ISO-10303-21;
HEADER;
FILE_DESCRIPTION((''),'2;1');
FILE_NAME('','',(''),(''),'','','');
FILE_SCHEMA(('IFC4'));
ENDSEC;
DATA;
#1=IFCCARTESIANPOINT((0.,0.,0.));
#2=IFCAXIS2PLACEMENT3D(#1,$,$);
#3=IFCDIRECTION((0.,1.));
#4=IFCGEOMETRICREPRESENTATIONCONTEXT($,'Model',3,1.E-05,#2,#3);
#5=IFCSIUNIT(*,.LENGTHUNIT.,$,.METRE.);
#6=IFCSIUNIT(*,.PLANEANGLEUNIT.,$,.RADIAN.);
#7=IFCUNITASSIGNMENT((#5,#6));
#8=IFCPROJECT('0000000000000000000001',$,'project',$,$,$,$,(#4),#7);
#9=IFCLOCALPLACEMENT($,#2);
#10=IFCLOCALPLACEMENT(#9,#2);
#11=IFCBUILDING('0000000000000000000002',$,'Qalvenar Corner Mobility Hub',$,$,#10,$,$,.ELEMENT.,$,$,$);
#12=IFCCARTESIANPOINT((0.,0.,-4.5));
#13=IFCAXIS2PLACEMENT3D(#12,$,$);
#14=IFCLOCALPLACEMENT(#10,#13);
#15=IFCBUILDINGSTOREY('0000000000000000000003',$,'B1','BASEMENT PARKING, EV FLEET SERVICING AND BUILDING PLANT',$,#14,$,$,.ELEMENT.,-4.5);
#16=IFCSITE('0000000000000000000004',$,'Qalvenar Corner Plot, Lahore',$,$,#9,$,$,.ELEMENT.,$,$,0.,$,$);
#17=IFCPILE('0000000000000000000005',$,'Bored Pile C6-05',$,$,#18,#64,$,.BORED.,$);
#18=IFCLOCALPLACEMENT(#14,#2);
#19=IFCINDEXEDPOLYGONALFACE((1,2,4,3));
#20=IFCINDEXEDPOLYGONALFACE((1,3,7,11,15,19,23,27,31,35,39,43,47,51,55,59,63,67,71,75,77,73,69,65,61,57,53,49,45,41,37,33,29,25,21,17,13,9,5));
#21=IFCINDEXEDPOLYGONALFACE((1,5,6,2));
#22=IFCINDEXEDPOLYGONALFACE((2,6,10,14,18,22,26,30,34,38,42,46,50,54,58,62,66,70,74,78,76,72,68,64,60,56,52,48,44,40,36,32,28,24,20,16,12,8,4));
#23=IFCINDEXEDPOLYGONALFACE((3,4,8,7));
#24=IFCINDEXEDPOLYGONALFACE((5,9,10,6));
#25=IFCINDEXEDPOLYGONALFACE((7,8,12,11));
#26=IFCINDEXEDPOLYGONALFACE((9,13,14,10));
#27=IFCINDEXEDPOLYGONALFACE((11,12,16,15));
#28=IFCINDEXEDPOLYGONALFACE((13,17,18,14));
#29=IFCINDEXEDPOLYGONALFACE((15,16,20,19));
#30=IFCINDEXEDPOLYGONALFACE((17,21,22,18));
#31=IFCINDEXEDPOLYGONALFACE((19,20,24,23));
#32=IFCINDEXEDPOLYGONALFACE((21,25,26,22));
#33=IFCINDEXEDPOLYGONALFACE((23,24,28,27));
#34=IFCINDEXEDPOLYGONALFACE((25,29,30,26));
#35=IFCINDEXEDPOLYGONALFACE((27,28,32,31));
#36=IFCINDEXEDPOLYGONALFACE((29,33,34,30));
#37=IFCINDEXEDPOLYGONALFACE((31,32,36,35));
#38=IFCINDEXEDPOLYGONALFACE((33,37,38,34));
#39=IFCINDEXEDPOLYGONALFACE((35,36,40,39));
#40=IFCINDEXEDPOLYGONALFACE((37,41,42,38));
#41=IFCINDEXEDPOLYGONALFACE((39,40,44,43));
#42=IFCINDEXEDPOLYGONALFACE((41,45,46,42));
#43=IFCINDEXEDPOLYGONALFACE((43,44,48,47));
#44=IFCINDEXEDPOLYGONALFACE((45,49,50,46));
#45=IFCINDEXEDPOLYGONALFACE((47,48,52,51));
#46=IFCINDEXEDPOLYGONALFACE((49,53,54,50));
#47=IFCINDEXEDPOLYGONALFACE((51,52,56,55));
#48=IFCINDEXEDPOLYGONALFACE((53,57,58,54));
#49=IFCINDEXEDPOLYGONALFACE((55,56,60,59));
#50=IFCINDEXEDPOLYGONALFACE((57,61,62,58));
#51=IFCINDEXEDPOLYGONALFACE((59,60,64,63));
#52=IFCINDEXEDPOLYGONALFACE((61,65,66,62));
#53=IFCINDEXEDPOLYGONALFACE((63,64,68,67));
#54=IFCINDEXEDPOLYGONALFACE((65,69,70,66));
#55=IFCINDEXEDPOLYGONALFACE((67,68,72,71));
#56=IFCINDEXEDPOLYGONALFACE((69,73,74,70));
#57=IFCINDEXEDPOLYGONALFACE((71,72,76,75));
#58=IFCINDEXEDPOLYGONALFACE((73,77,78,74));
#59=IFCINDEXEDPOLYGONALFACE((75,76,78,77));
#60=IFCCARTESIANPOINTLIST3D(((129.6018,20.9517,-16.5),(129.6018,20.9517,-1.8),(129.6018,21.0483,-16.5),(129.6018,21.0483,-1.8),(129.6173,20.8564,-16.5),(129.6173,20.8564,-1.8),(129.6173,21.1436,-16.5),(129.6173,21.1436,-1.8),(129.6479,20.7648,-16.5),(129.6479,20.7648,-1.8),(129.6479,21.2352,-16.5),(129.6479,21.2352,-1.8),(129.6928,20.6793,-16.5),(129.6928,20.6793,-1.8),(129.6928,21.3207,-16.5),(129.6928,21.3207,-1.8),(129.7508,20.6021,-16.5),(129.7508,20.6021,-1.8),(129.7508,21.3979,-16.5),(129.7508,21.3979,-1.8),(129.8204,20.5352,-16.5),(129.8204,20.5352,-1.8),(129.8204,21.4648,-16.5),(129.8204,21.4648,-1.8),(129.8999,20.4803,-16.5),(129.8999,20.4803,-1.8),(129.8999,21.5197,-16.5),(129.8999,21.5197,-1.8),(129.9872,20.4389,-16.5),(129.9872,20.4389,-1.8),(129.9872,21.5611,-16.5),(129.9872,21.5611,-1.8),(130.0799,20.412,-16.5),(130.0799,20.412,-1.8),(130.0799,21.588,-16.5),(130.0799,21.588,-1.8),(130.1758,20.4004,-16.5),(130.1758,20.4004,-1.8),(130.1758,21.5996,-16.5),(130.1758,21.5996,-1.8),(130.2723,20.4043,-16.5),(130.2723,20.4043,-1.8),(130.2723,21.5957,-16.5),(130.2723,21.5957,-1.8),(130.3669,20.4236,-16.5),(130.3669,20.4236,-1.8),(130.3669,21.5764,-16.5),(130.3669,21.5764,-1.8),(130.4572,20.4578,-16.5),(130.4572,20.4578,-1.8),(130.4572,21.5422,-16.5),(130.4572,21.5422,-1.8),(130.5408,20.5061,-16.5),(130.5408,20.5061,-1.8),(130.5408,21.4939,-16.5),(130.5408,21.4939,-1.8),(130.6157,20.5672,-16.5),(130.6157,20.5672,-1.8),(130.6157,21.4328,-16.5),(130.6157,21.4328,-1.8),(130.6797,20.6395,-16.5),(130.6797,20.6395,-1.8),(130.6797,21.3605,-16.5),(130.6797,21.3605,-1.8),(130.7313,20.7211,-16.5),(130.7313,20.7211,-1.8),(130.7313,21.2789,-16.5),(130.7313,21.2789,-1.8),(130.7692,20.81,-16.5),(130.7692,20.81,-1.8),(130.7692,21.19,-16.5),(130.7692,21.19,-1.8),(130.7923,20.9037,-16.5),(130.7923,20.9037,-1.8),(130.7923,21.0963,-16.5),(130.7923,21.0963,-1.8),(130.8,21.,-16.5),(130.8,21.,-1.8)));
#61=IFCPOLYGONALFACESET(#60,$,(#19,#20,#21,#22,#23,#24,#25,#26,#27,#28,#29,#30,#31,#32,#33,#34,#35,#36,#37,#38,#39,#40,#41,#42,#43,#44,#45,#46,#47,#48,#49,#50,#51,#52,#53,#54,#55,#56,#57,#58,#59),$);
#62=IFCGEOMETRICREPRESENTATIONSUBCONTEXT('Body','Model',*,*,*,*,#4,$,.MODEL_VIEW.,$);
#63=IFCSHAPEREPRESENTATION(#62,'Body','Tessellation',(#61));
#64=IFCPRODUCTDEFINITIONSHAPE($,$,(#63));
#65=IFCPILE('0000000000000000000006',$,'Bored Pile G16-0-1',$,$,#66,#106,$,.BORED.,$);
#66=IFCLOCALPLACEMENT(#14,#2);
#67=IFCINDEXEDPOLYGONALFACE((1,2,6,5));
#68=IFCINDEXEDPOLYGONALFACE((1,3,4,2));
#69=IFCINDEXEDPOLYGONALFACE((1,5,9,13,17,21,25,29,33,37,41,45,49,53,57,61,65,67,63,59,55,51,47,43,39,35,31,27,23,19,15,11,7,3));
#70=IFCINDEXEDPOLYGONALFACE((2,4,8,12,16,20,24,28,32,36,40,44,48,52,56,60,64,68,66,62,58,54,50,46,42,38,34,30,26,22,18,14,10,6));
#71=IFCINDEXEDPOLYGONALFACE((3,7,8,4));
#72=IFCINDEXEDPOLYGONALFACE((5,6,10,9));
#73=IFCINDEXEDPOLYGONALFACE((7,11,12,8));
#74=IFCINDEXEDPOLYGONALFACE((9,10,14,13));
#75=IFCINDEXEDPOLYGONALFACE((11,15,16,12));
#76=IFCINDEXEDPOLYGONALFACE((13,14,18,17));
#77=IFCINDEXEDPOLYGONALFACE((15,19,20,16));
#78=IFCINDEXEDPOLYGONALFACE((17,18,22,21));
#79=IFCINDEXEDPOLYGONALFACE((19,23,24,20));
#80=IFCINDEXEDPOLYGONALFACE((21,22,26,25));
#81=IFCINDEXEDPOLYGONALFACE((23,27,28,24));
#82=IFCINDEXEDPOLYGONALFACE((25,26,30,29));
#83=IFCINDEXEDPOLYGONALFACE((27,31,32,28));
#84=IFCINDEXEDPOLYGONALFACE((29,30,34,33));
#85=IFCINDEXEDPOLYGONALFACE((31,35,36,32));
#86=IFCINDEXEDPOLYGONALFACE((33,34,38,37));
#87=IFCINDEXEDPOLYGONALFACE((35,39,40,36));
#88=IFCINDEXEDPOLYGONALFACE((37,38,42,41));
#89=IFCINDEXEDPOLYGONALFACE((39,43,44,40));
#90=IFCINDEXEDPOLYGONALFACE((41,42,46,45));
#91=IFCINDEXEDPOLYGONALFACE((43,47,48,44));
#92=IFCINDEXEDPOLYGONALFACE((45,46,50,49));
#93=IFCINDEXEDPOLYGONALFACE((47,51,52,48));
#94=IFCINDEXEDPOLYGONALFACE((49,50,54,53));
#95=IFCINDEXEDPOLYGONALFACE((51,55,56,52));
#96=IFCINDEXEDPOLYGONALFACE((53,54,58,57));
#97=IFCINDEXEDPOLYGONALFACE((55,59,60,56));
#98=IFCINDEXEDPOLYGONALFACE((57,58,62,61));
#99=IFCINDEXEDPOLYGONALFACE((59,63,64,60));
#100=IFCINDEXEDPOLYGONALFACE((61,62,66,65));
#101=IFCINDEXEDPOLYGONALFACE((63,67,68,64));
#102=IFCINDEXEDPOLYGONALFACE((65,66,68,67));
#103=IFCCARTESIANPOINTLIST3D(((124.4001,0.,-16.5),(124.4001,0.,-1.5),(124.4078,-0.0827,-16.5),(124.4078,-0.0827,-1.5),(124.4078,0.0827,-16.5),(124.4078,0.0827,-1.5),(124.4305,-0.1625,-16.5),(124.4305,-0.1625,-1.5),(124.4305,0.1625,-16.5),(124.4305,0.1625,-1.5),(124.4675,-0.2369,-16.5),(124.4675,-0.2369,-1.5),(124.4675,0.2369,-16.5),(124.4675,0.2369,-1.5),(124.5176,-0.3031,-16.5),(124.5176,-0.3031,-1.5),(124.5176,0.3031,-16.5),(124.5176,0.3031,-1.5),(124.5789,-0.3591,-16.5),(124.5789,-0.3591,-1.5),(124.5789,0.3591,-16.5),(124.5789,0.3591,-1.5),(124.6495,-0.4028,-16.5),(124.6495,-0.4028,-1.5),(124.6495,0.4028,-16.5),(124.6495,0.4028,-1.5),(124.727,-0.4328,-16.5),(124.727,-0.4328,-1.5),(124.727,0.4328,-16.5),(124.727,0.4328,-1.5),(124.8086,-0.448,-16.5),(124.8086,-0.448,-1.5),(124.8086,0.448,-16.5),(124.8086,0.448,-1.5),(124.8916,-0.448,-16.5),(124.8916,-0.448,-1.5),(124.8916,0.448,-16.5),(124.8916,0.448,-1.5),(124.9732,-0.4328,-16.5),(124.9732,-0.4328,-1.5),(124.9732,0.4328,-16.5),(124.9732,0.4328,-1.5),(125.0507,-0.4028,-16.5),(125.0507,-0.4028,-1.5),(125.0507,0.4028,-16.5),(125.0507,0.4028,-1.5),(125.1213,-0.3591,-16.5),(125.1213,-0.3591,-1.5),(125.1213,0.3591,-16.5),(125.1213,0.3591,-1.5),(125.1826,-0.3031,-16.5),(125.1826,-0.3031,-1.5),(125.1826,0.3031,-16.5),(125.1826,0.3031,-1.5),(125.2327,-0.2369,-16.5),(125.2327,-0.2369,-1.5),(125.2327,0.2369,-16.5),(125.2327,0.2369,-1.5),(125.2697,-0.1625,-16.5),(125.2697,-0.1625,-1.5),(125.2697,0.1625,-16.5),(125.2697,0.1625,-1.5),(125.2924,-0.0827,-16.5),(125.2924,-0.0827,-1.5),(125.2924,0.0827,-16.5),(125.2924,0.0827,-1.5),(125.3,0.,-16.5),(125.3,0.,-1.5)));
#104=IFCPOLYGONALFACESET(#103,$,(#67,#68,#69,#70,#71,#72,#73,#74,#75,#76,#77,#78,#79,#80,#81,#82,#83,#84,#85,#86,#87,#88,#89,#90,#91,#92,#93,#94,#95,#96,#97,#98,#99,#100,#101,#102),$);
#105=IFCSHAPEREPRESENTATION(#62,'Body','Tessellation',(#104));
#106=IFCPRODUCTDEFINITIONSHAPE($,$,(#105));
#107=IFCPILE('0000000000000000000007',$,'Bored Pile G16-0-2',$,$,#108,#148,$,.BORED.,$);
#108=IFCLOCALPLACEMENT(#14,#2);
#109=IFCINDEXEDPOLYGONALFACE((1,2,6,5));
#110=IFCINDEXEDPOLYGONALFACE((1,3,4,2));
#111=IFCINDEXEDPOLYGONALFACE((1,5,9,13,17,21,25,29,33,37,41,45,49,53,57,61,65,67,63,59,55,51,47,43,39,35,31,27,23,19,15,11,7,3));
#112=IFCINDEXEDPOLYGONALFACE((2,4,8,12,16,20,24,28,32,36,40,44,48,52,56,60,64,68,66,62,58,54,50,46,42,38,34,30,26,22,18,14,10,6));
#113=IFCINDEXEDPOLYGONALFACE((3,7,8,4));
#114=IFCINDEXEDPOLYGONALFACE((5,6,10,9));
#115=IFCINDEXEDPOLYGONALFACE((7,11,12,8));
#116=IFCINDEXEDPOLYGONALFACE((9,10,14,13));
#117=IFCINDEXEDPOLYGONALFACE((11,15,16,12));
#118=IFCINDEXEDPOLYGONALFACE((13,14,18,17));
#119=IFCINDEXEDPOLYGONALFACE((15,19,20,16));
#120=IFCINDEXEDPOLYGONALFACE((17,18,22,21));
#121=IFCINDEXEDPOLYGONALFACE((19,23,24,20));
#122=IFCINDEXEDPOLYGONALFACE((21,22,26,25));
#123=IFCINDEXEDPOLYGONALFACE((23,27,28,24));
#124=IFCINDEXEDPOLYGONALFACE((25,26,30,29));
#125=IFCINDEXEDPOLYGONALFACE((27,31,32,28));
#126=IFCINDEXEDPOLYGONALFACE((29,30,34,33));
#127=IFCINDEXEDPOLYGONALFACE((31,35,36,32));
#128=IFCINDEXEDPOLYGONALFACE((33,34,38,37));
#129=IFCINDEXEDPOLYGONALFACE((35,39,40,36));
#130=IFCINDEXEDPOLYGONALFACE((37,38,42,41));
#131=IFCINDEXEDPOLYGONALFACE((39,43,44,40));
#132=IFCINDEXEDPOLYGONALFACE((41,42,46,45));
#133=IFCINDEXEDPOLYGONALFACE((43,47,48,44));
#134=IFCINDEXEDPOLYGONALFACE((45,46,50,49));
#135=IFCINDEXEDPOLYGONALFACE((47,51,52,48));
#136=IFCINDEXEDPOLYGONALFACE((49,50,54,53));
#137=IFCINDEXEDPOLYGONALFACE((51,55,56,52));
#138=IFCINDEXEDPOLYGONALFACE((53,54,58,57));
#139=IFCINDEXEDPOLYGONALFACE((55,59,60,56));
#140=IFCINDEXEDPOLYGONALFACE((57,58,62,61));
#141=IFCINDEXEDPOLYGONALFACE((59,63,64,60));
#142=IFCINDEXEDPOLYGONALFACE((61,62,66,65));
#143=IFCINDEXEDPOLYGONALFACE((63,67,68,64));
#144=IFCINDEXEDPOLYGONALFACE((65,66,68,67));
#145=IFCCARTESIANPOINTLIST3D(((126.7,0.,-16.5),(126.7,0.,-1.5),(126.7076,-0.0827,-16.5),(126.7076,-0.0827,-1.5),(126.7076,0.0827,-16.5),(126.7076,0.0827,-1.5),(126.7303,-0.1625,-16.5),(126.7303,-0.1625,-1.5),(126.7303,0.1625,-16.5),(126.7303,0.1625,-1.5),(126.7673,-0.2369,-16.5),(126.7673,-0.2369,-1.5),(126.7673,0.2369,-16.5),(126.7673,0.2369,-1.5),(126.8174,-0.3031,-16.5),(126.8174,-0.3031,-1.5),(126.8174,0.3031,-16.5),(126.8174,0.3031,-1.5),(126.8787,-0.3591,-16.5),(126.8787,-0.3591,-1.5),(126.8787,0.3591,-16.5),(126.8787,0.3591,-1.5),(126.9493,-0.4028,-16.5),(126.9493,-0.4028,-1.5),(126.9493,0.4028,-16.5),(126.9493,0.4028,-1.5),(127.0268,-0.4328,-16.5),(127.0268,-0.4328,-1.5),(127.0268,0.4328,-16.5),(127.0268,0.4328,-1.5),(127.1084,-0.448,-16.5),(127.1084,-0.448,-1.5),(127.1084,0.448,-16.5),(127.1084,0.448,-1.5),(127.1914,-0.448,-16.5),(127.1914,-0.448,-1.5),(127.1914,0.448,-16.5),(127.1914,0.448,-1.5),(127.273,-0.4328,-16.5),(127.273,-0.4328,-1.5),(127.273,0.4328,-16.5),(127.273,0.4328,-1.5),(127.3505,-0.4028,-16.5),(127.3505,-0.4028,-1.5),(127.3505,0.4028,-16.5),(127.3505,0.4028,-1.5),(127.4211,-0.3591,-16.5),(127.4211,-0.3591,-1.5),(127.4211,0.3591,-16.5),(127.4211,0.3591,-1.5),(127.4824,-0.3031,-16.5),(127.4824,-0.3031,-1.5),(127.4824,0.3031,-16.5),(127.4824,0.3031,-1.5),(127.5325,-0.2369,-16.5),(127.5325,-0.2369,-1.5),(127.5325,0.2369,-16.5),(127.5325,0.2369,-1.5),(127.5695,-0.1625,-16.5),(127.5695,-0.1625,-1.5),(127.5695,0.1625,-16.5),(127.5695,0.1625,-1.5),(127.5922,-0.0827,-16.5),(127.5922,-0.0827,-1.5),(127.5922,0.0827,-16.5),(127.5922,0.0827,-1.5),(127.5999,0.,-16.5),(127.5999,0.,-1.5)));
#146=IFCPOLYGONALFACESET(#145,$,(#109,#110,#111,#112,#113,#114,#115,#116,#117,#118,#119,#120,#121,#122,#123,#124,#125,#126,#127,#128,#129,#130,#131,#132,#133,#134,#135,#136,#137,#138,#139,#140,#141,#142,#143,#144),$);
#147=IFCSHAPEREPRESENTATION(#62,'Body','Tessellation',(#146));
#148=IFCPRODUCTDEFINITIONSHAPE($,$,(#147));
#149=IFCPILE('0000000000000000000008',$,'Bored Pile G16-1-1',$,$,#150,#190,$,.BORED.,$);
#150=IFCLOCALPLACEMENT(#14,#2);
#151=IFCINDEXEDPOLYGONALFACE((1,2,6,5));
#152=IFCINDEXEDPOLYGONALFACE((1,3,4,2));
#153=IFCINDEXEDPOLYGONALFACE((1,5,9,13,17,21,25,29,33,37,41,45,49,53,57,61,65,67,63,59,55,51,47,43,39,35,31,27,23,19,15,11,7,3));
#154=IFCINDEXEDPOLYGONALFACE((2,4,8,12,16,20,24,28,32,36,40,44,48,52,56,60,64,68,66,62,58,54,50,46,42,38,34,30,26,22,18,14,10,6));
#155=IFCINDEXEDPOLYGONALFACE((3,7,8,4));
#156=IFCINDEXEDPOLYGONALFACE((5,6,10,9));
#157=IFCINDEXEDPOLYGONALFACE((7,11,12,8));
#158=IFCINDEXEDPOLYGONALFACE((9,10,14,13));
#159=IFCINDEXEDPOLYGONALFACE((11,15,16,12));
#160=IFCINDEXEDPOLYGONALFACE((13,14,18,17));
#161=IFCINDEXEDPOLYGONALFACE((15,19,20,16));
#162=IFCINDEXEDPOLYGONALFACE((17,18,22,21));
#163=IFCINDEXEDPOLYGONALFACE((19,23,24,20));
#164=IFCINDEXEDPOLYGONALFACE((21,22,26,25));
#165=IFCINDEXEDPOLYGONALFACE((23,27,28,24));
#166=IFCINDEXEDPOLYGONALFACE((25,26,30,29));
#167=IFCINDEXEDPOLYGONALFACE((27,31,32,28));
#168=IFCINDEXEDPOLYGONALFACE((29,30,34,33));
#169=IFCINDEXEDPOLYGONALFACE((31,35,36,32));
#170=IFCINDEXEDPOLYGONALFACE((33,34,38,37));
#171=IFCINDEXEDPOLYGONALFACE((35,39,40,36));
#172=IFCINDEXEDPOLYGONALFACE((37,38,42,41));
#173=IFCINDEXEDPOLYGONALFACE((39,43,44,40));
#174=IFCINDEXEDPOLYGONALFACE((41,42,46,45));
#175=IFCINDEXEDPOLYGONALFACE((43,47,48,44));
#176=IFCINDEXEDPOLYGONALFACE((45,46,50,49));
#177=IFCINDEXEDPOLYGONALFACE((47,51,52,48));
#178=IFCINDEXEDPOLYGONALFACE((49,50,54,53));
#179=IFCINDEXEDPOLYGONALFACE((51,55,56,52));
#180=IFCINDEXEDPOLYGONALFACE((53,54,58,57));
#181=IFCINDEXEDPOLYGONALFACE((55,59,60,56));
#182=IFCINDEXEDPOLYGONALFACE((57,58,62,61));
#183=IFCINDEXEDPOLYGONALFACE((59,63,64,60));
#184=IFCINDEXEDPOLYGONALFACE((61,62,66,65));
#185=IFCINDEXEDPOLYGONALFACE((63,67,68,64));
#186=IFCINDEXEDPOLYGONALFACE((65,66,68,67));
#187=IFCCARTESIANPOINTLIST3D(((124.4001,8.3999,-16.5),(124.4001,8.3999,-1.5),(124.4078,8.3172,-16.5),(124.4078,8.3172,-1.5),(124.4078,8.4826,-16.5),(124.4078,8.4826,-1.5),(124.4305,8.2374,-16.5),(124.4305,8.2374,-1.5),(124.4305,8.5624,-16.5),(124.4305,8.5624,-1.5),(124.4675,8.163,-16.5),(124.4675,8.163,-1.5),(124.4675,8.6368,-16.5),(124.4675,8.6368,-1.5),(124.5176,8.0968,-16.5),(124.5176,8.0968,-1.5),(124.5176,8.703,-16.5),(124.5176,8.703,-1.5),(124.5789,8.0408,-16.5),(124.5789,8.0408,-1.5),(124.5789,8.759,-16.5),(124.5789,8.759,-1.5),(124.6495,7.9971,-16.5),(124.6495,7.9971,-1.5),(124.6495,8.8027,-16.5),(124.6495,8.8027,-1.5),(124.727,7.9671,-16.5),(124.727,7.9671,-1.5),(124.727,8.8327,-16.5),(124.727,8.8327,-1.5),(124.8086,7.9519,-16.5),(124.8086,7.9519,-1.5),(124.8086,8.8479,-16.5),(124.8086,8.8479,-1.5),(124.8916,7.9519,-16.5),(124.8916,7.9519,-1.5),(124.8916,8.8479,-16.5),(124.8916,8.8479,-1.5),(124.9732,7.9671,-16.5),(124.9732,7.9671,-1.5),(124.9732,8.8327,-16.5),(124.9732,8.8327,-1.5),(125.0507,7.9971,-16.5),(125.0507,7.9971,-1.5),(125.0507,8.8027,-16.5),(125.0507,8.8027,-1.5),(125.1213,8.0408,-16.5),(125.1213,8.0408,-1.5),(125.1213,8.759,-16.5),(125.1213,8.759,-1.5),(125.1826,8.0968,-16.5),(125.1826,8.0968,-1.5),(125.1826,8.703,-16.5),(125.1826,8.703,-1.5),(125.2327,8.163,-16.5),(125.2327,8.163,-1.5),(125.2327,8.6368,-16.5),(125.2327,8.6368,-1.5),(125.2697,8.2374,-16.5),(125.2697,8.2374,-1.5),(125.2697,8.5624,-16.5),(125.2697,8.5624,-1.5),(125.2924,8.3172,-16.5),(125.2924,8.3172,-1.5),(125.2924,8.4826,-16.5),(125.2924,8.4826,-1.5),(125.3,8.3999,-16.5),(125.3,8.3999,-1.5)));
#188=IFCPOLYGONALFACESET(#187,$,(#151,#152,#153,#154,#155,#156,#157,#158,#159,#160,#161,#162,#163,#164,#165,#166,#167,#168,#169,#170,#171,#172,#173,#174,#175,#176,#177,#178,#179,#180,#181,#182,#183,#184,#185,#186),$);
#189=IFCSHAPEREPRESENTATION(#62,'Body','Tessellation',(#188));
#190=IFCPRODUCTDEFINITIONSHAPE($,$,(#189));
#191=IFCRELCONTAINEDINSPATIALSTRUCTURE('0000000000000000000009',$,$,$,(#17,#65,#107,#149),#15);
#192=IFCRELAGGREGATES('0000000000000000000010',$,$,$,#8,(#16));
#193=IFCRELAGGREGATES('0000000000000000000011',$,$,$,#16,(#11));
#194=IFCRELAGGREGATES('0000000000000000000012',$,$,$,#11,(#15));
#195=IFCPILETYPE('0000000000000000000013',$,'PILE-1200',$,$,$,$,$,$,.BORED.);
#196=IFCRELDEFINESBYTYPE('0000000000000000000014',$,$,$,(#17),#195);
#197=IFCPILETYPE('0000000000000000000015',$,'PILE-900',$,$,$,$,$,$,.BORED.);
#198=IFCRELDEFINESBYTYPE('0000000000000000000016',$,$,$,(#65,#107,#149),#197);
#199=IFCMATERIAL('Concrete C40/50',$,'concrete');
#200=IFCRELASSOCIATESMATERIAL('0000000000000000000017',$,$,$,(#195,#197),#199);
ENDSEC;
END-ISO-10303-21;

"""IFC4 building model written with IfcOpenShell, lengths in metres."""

from ifc_helpers import new_model, si_unit, direction, frame, origin, origin_2d, place, context, subcontext, project, spatial, circle, extrude, material, material_profile, profile_set, type_object, element, save


model = new_model("IFC4")

# Units and contexts
model_context = context("Model", 3, precision=1e-05, world=origin(), true_north=direction((0.0, 1.0)))
body_context = subcontext(model_context, "Body", "Model", "MODEL_VIEW")
ifc_project = project(units=[si_unit("LENGTHUNIT", "METRE"), si_unit("PLANEANGLEUNIT", "RADIAN")], contexts=[model_context])

# Site, building, storey
site_placement = place(None, origin())
site = spatial("IfcSite", under=ifc_project, at=site_placement, Name="Qalvenar Corner Plot, Lahore", CompositionType="ELEMENT", RefElevation=0.0)
building_placement = place(site_placement, origin())
building = spatial("IfcBuilding", under=site, at=building_placement, Name="Qalvenar Corner Mobility Hub", CompositionType="ELEMENT")
storey_placement = place(building_placement, frame((0.0, 0.0, -4.5)))
storey = spatial("IfcBuildingStorey", under=building, at=storey_placement, Name="B1", Description="BASEMENT PARKING, EV FLEET SERVICING AND BUILDING PLANT", CompositionType="ELEMENT", Elevation=-4.5)

# Shared definitions
ifc_material_1 = material(Name="Concrete C40/50", Category="concrete")

# Piles
ifc_material_profile_1 = material_profile(ifc_material_1, circle(Radius=0.6001, at=origin_2d()), Name="DIA1200")
ifc_profile_set_1 = profile_set([ifc_material_profile_1], Name="Concrete C40/50")
pile_type_1 = type_object("IfcPileType", Name="PILE-1200", PredefinedType="BORED", material=ifc_profile_set_1)
for number, where, z_axis, x_axis, name in (
    (1, (130.2, 21.0, -1.8), (0.0, 0.0, -1.0), (1.0, 0.0, 0.0), "Bored Pile C6-05"),
):
    element("IfcPile", number, at=place(storey_placement, frame(where, z_axis=z_axis, x_axis=x_axis)), inside=storey, type_object=pile_type_1, Name=name, PredefinedType="BORED", context=body_context, shape_type="SweptSolid", body=[
        extrude(circle(Radius=0.6001, at=origin_2d()), origin(), (0.0, 0.0, 1.0), 14.7),
    ])
ifc_material_profile_2 = material_profile(ifc_material_1, circle(Radius=0.45, at=origin_2d()), Name="DIA900")
ifc_profile_set_2 = profile_set([ifc_material_profile_2], Name="Concrete C40/50")
pile_type_2 = type_object("IfcPileType", Name="PILE-900", PredefinedType="BORED", material=ifc_profile_set_2)
for number, where, z_axis, x_axis, name in (
    (2, (124.8501, 0.0, -1.5), (0.0, 0.0, -1.0), (1.0, 0.0, 0.0), "Bored Pile G16-0-1"),
    (3, (127.1499, 0.0, -1.5), (0.0, 0.0, -1.0), (1.0, 0.0, 0.0), "Bored Pile G16-0-2"),
    (4, (124.8501, 8.3999, -1.5), (0.0, 0.0, -1.0), (1.0, 0.0, 0.0), "Bored Pile G16-1-1"),
):
    element("IfcPile", number, at=place(storey_placement, frame(where, z_axis=z_axis, x_axis=x_axis)), inside=storey, type_object=pile_type_2, Name=name, PredefinedType="BORED", context=body_context, shape_type="SweptSolid", body=[
        extrude(circle(Radius=0.45, at=origin_2d()), origin(), (0.0, 0.0, 1.0), 15.0),
    ])

save(model, "model.ifc")
